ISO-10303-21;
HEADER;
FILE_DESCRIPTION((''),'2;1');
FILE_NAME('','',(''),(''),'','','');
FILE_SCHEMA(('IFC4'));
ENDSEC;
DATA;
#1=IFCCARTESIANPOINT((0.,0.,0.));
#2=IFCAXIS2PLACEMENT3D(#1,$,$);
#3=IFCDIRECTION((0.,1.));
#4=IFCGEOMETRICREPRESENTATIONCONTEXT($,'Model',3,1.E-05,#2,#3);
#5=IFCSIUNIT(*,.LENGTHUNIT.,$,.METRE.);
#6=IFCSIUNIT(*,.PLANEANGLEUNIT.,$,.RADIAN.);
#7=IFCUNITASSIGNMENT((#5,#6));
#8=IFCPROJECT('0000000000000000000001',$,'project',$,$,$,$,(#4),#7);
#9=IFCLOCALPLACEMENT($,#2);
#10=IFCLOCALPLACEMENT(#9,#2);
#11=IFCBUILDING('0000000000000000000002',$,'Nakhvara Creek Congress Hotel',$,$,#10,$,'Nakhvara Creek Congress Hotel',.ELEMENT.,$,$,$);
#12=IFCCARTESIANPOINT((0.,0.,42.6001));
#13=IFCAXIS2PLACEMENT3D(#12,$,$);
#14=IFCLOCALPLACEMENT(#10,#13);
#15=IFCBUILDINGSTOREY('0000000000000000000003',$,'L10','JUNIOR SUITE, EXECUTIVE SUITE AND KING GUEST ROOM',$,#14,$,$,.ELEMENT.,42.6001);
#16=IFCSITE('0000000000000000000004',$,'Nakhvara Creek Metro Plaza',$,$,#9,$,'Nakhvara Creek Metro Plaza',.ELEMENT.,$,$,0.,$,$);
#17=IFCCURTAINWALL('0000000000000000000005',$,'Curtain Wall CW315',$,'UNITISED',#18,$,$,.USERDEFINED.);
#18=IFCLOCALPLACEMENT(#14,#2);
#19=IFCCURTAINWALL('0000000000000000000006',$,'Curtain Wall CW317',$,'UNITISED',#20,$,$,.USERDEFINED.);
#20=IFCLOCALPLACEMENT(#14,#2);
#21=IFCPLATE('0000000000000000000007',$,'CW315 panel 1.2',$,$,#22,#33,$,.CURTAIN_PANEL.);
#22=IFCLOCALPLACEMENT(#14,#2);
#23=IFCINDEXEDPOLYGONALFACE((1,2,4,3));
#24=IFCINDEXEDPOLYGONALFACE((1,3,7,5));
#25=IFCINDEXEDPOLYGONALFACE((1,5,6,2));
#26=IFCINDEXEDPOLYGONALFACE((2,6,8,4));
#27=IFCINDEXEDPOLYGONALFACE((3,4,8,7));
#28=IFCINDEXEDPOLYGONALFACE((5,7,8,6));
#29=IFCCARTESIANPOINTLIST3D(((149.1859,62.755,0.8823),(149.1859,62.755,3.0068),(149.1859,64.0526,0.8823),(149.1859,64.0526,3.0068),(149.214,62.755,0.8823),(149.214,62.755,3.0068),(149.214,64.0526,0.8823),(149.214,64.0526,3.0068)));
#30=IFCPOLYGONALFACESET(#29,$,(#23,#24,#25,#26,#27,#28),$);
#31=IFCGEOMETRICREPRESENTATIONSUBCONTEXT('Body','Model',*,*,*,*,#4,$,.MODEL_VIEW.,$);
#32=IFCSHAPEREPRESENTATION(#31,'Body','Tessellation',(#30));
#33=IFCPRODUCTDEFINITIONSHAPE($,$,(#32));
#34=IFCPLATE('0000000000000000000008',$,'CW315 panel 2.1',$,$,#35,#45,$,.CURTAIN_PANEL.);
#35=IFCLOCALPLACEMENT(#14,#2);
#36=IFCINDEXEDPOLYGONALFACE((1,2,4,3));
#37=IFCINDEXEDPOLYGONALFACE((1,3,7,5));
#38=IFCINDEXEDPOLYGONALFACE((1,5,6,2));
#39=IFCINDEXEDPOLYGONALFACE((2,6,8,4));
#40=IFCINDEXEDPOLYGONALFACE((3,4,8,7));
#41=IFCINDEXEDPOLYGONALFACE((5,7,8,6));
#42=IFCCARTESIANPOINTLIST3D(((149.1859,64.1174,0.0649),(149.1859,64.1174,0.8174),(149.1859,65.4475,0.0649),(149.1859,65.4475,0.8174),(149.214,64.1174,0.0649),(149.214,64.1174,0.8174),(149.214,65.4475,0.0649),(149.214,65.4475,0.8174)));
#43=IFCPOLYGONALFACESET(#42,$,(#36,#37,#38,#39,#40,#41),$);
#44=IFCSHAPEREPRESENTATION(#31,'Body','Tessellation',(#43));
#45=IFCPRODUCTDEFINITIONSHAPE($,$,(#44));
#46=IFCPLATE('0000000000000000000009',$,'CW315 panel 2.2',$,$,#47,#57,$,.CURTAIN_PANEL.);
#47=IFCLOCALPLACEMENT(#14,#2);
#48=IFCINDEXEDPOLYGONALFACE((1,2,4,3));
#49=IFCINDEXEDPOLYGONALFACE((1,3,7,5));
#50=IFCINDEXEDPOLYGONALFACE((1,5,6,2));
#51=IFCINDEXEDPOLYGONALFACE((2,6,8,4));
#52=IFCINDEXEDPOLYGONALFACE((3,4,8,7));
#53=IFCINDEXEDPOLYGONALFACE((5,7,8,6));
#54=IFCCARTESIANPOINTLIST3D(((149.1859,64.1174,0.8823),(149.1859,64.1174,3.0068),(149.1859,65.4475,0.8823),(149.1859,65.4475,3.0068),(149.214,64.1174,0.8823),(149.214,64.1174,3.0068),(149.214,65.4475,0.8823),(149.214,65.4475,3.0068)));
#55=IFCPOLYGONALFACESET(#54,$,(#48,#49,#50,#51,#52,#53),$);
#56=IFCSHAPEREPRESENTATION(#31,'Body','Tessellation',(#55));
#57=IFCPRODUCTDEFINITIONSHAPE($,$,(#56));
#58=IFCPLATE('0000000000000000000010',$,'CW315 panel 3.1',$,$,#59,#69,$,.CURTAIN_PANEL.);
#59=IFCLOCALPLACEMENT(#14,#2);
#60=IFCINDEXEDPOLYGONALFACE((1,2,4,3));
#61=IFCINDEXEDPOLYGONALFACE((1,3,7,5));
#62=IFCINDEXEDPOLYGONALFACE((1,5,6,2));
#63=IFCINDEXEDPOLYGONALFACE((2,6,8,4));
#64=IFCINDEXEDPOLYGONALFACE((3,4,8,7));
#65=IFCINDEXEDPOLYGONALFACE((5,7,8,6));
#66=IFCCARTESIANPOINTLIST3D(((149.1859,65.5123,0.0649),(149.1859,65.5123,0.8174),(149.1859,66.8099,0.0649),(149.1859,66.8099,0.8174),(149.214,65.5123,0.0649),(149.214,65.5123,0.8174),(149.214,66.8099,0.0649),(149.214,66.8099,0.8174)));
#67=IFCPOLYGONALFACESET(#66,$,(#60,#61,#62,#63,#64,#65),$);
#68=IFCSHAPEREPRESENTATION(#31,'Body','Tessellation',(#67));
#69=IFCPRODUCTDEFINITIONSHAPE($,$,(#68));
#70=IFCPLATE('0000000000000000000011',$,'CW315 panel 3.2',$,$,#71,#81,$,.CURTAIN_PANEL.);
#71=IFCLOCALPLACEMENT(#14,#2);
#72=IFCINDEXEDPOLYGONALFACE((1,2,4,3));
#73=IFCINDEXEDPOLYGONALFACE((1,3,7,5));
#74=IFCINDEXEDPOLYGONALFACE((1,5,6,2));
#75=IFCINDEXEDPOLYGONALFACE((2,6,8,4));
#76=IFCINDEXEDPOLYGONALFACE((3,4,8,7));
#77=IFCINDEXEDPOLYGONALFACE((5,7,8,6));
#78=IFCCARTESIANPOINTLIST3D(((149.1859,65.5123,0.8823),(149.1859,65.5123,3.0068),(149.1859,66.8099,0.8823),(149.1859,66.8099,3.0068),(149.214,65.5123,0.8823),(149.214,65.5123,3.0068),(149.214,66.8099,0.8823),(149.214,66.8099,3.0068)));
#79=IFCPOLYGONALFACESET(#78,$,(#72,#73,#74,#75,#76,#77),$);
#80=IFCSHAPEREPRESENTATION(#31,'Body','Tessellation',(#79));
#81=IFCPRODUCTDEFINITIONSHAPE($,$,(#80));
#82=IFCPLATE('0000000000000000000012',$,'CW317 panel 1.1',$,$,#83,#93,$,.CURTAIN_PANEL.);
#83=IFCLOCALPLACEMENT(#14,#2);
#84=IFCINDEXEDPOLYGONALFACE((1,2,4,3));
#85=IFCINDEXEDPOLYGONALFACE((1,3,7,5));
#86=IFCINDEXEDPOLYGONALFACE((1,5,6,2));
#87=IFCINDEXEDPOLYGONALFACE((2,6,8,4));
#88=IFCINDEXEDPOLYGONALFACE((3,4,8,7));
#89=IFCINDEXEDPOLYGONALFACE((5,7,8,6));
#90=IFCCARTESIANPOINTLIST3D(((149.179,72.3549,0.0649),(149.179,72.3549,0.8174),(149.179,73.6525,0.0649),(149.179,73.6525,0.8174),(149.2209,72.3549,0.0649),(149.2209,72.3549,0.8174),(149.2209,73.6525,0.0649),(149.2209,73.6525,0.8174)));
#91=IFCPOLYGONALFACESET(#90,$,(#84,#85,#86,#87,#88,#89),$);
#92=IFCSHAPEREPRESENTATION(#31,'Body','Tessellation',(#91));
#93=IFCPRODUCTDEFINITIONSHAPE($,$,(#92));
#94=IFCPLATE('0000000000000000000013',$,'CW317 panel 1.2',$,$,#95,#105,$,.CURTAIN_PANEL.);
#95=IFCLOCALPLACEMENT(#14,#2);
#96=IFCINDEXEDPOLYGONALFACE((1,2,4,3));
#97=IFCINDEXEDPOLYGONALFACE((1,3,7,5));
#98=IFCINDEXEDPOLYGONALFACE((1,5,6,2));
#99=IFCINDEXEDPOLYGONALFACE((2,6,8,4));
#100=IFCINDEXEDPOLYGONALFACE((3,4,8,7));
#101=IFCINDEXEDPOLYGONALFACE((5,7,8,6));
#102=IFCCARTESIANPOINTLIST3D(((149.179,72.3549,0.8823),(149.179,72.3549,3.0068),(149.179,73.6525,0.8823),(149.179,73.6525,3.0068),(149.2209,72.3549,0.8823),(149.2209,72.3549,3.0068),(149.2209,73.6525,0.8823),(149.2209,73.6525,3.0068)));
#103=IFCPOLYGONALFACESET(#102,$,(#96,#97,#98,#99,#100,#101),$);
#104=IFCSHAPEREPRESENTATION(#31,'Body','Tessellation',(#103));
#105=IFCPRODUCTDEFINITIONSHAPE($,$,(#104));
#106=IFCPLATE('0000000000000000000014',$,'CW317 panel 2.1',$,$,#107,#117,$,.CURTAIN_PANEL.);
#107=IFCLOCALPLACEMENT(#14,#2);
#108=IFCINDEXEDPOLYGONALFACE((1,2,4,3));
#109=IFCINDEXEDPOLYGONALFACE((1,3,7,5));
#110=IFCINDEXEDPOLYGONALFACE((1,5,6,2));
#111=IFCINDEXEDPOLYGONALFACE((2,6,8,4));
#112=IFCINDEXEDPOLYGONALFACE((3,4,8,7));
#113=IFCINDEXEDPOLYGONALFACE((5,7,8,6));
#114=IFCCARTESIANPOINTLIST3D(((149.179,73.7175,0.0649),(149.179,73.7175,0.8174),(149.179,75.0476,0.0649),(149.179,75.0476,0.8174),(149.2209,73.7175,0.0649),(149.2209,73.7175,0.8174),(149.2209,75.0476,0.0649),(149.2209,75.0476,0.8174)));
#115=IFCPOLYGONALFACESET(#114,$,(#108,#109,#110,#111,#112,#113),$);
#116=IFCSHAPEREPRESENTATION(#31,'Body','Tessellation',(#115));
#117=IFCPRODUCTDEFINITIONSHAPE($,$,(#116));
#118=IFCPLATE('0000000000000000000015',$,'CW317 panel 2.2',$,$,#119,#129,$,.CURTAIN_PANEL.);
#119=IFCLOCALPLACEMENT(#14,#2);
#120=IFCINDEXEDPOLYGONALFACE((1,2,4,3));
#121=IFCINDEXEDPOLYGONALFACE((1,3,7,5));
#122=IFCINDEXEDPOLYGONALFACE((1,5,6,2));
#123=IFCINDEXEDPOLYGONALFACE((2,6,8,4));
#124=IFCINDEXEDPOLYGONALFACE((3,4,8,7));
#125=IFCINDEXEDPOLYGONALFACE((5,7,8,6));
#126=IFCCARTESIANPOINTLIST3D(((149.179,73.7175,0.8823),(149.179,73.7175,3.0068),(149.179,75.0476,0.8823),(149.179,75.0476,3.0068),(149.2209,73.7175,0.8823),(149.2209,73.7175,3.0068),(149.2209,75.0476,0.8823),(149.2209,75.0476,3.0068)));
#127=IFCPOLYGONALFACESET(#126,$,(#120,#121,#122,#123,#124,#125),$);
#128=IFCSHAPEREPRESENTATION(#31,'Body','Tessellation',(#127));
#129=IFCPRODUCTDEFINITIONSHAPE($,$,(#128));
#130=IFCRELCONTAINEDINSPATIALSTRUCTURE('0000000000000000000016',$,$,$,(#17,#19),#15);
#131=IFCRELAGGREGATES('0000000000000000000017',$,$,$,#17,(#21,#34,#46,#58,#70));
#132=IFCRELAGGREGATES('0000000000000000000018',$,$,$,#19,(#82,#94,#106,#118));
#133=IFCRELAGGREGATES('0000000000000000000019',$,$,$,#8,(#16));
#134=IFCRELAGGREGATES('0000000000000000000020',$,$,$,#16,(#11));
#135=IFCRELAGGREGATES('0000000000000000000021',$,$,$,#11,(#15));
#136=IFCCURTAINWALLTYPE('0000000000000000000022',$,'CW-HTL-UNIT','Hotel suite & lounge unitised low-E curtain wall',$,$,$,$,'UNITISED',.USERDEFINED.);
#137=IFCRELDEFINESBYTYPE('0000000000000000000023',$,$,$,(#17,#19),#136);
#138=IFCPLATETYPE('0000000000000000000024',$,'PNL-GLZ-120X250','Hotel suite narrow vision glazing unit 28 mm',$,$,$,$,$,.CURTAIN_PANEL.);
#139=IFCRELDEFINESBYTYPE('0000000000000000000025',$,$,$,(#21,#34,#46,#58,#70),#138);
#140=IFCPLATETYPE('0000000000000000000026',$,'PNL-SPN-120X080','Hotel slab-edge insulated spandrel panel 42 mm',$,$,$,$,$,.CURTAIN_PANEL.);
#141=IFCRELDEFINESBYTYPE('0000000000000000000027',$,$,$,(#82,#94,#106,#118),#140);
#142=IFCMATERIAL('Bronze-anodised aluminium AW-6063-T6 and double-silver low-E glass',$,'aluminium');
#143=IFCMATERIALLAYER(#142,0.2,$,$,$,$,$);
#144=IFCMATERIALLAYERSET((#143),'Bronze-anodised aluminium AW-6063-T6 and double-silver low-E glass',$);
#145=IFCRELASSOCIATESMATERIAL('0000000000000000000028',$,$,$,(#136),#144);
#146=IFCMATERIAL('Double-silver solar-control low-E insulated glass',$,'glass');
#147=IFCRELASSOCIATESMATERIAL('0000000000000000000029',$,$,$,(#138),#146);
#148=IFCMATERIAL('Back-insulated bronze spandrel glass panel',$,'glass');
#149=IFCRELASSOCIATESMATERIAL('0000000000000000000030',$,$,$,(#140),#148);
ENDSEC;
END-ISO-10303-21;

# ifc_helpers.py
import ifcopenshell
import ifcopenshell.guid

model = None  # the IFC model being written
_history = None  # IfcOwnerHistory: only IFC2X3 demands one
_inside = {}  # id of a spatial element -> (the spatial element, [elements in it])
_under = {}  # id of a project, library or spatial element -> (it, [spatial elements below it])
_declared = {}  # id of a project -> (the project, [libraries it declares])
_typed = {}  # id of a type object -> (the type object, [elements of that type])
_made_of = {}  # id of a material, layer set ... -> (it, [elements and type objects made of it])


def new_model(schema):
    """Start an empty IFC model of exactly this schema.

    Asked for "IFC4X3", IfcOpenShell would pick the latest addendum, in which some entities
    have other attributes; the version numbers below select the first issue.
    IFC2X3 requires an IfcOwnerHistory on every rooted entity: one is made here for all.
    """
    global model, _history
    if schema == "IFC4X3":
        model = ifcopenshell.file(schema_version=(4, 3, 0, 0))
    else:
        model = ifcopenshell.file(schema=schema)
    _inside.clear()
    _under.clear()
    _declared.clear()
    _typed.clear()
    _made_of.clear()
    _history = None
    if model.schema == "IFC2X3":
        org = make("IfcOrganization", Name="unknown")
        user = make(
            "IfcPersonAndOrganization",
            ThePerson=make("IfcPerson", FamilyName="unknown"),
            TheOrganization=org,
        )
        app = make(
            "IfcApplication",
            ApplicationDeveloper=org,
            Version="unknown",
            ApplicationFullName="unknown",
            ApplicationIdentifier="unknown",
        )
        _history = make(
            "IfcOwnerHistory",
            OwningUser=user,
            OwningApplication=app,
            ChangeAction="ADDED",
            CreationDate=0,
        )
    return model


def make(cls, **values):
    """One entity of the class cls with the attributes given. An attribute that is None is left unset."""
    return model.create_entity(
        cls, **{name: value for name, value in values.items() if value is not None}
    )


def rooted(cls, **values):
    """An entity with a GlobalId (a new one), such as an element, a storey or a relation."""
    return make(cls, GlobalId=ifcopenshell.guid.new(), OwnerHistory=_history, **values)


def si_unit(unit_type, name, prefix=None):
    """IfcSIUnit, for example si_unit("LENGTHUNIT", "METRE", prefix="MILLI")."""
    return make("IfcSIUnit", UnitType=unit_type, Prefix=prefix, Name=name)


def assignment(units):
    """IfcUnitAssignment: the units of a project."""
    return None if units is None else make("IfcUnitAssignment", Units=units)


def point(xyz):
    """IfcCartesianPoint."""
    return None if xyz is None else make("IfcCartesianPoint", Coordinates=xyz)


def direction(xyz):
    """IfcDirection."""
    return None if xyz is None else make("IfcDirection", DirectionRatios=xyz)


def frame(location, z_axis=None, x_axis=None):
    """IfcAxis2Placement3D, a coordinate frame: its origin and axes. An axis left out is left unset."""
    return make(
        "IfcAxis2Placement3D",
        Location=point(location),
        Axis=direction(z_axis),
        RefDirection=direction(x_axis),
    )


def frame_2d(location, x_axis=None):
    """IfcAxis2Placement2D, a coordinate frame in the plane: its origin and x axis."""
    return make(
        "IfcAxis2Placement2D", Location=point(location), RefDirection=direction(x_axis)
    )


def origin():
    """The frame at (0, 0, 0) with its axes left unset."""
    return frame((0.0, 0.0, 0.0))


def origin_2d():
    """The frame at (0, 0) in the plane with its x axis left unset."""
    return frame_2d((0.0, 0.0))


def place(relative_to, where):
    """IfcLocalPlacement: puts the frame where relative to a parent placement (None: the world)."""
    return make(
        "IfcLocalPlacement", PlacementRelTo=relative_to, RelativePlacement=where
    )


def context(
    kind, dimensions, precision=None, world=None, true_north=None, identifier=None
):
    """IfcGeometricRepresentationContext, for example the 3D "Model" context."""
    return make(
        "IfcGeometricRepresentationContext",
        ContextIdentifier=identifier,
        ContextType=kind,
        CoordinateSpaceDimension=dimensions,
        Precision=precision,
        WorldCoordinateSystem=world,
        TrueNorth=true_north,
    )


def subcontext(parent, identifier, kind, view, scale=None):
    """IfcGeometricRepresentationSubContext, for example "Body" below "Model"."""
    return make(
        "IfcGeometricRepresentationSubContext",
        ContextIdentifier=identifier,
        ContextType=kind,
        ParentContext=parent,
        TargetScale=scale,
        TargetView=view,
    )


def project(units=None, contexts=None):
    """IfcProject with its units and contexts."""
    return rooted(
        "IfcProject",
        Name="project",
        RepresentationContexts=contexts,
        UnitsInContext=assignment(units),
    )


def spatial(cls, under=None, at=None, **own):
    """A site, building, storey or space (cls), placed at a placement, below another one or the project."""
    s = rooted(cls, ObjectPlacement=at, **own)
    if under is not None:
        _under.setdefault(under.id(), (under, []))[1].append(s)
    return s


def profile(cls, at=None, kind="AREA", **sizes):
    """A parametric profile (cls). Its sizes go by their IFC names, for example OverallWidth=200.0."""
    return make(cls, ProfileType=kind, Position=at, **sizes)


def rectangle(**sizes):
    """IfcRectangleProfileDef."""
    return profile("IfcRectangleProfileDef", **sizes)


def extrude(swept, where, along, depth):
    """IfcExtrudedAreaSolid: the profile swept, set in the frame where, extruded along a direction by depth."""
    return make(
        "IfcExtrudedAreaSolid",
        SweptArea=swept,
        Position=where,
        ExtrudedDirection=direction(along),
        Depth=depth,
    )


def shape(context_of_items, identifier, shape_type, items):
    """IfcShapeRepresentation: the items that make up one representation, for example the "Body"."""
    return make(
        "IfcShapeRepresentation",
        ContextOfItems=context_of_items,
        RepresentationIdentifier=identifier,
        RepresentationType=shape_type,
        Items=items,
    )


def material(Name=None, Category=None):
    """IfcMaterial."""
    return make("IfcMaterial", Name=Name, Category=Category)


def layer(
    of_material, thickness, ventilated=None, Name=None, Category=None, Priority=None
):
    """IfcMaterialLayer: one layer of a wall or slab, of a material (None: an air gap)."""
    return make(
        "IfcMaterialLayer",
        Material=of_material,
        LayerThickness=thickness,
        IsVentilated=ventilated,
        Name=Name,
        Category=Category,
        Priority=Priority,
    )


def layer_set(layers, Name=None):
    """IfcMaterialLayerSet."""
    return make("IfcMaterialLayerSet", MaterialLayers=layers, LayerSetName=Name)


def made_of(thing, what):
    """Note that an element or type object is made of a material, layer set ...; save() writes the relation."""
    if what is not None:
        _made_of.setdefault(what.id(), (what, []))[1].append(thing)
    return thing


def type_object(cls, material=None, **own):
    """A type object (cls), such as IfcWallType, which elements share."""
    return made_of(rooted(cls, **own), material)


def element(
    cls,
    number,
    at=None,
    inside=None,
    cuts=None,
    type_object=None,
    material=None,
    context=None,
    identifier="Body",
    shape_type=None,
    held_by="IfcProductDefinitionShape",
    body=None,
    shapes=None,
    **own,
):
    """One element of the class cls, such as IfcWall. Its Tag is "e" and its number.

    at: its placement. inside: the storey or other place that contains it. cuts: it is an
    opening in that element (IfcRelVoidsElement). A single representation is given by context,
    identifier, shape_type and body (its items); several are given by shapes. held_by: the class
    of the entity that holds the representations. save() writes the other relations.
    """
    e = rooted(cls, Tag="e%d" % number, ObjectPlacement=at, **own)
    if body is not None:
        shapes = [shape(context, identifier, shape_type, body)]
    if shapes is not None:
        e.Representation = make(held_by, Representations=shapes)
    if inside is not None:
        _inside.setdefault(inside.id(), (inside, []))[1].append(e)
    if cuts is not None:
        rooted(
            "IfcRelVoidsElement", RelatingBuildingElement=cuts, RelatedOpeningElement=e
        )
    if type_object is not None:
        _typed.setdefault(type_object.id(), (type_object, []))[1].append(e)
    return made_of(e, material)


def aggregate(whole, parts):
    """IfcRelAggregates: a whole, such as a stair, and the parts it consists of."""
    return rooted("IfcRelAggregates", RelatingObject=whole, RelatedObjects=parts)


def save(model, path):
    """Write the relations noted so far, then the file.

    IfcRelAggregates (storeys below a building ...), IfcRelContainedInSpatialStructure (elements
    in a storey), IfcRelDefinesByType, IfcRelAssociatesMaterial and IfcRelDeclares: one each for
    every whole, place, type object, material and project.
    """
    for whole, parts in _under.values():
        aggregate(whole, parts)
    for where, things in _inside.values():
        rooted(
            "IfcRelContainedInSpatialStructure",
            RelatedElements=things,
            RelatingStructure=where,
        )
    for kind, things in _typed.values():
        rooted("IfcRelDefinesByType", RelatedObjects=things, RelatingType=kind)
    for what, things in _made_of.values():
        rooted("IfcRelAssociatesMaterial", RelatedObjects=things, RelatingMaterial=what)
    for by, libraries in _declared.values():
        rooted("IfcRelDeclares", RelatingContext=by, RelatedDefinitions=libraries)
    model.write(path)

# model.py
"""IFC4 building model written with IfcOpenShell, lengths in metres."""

from ifc_helpers import new_model, si_unit, direction, frame, origin, origin_2d, place, context, subcontext, project, spatial, rectangle, extrude, material, layer, layer_set, type_object, element, aggregate, save


model = new_model("IFC4")

# Units and contexts
model_context = context("Model", 3, precision=1e-05, world=origin(), true_north=direction((0.0, 1.0)))
body_context = subcontext(model_context, "Body", "Model", "MODEL_VIEW")
ifc_project = project(units=[si_unit("LENGTHUNIT", "METRE"), si_unit("PLANEANGLEUNIT", "RADIAN")], contexts=[model_context])

# Site, building, storey
site_placement = place(None, origin())
site = spatial("IfcSite", under=ifc_project, at=site_placement, Name="Nakhvara Creek Metro Plaza", LongName="Nakhvara Creek Metro Plaza", CompositionType="ELEMENT", RefElevation=0.0)
building_placement = place(site_placement, origin())
building = spatial("IfcBuilding", under=site, at=building_placement, Name="Nakhvara Creek Congress Hotel", LongName="Nakhvara Creek Congress Hotel", CompositionType="ELEMENT")
storey_placement = place(building_placement, frame((0.0, 0.0, 42.6001)))
storey = spatial("IfcBuildingStorey", under=building, at=storey_placement, Name="L10", Description="JUNIOR SUITE, EXECUTIVE SUITE AND KING GUEST ROOM", CompositionType="ELEMENT", Elevation=42.6001)

# Curtain walls
ifc_material_1 = material(Name="Bronze-anodised aluminium AW-6063-T6 and double-silver low-E glass", Category="aluminium")
ifc_layer = layer(ifc_material_1, 0.2)
ifc_layer_set = layer_set([ifc_layer], Name="Bronze-anodised aluminium AW-6063-T6 and double-silver low-E glass")
curtain_wall_type = type_object("IfcCurtainWallType", Name="CW-HTL-UNIT", Description="Hotel suite & lounge unitised low-E curtain wall", ElementType="UNITISED", PredefinedType="USERDEFINED", material=ifc_layer_set)
curtain_wall_1_placement = place(storey_placement, origin())
curtain_wall_1 = element("IfcCurtainWall", 1, at=curtain_wall_1_placement, inside=storey, type_object=curtain_wall_type, Name="Curtain Wall CW315", ObjectType="UNITISED", PredefinedType="USERDEFINED")
curtain_wall_2_placement = place(storey_placement, origin())
curtain_wall_2 = element("IfcCurtainWall", 2, at=curtain_wall_2_placement, inside=storey, type_object=curtain_wall_type, Name="Curtain Wall CW317", ObjectType="UNITISED", PredefinedType="USERDEFINED")

# Plates
ifc_material_2 = material(Name="Double-silver solar-control low-E insulated glass", Category="glass")
plate_type_1 = type_object("IfcPlateType", Name="PNL-GLZ-120X250", Description="Hotel suite narrow vision glazing unit 28 mm", PredefinedType="CURTAIN_PANEL", material=ifc_material_2)
plate_1_placement = place(storey_placement, frame((149.2, 63.4038, 0.8823), z_axis=(0.0, 0.0, 1.0), x_axis=(0.0, 1.0, 0.0)))
plate_1 = element("IfcPlate", 3, at=plate_1_placement, type_object=plate_type_1, Name="CW315 panel 1.2", PredefinedType="CURTAIN_PANEL", context=body_context, shape_type="SweptSolid", body=[
    extrude(rectangle(XDim=1.2976, YDim=0.0281, at=origin_2d()), origin(), (0.0, 0.0, 1.0), 2.1245),
])
plate_2_placement = place(storey_placement, frame((149.2, 64.7825, 0.0649), z_axis=(0.0, 0.0, 1.0), x_axis=(0.0, 1.0, 0.0)))
plate_2 = element("IfcPlate", 4, at=plate_2_placement, type_object=plate_type_1, Name="CW315 panel 2.1", PredefinedType="CURTAIN_PANEL", context=body_context, shape_type="SweptSolid", body=[
    extrude(rectangle(XDim=1.3301, YDim=0.0281, at=origin_2d()), origin(), (0.0, 0.0, 1.0), 0.7524),
])
plate_3_placement = place(storey_placement, frame((149.2, 64.7825, 0.8823), z_axis=(0.0, 0.0, 1.0), x_axis=(0.0, 1.0, 0.0)))
plate_3 = element("IfcPlate", 5, at=plate_3_placement, type_object=plate_type_1, Name="CW315 panel 2.2", PredefinedType="CURTAIN_PANEL", context=body_context, shape_type="SweptSolid", body=[
    extrude(rectangle(XDim=1.3301, YDim=0.0281, at=origin_2d()), origin(), (0.0, 0.0, 1.0), 2.1245),
])
plate_4_placement = place(storey_placement, frame((149.2, 66.1611, 0.0649), z_axis=(0.0, 0.0, 1.0), x_axis=(0.0, 1.0, 0.0)))
plate_4 = element("IfcPlate", 6, at=plate_4_placement, type_object=plate_type_1, Name="CW315 panel 3.1", PredefinedType="CURTAIN_PANEL", context=body_context, shape_type="SweptSolid", body=[
    extrude(rectangle(XDim=1.2976, YDim=0.0281, at=origin_2d()), origin(), (0.0, 0.0, 1.0), 0.7524),
])
plate_5_placement = place(storey_placement, frame((149.2, 66.1611, 0.8823), z_axis=(0.0, 0.0, 1.0), x_axis=(0.0, 1.0, 0.0)))
plate_5 = element("IfcPlate", 7, at=plate_5_placement, type_object=plate_type_1, Name="CW315 panel 3.2", PredefinedType="CURTAIN_PANEL", context=body_context, shape_type="SweptSolid", body=[
    extrude(rectangle(XDim=1.2976, YDim=0.0281, at=origin_2d()), origin(), (0.0, 0.0, 1.0), 2.1245),
])
aggregate(curtain_wall_1, [plate_1, plate_2, plate_3, plate_4, plate_5])
ifc_material_3 = material(Name="Back-insulated bronze spandrel glass panel", Category="glass")
plate_type_2 = type_object("IfcPlateType", Name="PNL-SPN-120X080", Description="Hotel slab-edge insulated spandrel panel 42 mm", PredefinedType="CURTAIN_PANEL", material=ifc_material_3)
plate_6_placement = place(storey_placement, frame((149.2, 73.0037, 0.0649), z_axis=(0.0, 0.0, 1.0), x_axis=(0.0, 1.0, 0.0)))
plate_6 = element("IfcPlate", 8, at=plate_6_placement, type_object=plate_type_2, Name="CW317 panel 1.1", PredefinedType="CURTAIN_PANEL", context=body_context, shape_type="SweptSolid", body=[
    extrude(rectangle(XDim=1.2976, YDim=0.042, at=origin_2d()), origin(), (0.0, 0.0, 1.0), 0.7524),
])
plate_7_placement = place(storey_placement, frame((149.2, 73.0037, 0.8823), z_axis=(0.0, 0.0, 1.0), x_axis=(0.0, 1.0, 0.0)))
plate_7 = element("IfcPlate", 9, at=plate_7_placement, type_object=plate_type_2, Name="CW317 panel 1.2", PredefinedType="CURTAIN_PANEL", context=body_context, shape_type="SweptSolid", body=[
    extrude(rectangle(XDim=1.2976, YDim=0.042, at=origin_2d()), origin(), (0.0, 0.0, 1.0), 2.1245),
])
plate_8_placement = place(storey_placement, frame((149.2, 74.3826, 0.0649), z_axis=(0.0, 0.0, 1.0), x_axis=(0.0, 1.0, 0.0)))
plate_8 = element("IfcPlate", 10, at=plate_8_placement, type_object=plate_type_2, Name="CW317 panel 2.1", PredefinedType="CURTAIN_PANEL", context=body_context, shape_type="SweptSolid", body=[
    extrude(rectangle(XDim=1.3301, YDim=0.042, at=origin_2d()), origin(), (0.0, 0.0, 1.0), 0.7524),
])
plate_9_placement = place(storey_placement, frame((149.2, 74.3826, 0.8823), z_axis=(0.0, 0.0, 1.0), x_axis=(0.0, 1.0, 0.0)))
plate_9 = element("IfcPlate", 11, at=plate_9_placement, type_object=plate_type_2, Name="CW317 panel 2.2", PredefinedType="CURTAIN_PANEL", context=body_context, shape_type="SweptSolid", body=[
    extrude(rectangle(XDim=1.3301, YDim=0.042, at=origin_2d()), origin(), (0.0, 0.0, 1.0), 2.1245),
])
aggregate(curtain_wall_2, [plate_6, plate_7, plate_8, plate_9])

save(model, "model.ifc")
